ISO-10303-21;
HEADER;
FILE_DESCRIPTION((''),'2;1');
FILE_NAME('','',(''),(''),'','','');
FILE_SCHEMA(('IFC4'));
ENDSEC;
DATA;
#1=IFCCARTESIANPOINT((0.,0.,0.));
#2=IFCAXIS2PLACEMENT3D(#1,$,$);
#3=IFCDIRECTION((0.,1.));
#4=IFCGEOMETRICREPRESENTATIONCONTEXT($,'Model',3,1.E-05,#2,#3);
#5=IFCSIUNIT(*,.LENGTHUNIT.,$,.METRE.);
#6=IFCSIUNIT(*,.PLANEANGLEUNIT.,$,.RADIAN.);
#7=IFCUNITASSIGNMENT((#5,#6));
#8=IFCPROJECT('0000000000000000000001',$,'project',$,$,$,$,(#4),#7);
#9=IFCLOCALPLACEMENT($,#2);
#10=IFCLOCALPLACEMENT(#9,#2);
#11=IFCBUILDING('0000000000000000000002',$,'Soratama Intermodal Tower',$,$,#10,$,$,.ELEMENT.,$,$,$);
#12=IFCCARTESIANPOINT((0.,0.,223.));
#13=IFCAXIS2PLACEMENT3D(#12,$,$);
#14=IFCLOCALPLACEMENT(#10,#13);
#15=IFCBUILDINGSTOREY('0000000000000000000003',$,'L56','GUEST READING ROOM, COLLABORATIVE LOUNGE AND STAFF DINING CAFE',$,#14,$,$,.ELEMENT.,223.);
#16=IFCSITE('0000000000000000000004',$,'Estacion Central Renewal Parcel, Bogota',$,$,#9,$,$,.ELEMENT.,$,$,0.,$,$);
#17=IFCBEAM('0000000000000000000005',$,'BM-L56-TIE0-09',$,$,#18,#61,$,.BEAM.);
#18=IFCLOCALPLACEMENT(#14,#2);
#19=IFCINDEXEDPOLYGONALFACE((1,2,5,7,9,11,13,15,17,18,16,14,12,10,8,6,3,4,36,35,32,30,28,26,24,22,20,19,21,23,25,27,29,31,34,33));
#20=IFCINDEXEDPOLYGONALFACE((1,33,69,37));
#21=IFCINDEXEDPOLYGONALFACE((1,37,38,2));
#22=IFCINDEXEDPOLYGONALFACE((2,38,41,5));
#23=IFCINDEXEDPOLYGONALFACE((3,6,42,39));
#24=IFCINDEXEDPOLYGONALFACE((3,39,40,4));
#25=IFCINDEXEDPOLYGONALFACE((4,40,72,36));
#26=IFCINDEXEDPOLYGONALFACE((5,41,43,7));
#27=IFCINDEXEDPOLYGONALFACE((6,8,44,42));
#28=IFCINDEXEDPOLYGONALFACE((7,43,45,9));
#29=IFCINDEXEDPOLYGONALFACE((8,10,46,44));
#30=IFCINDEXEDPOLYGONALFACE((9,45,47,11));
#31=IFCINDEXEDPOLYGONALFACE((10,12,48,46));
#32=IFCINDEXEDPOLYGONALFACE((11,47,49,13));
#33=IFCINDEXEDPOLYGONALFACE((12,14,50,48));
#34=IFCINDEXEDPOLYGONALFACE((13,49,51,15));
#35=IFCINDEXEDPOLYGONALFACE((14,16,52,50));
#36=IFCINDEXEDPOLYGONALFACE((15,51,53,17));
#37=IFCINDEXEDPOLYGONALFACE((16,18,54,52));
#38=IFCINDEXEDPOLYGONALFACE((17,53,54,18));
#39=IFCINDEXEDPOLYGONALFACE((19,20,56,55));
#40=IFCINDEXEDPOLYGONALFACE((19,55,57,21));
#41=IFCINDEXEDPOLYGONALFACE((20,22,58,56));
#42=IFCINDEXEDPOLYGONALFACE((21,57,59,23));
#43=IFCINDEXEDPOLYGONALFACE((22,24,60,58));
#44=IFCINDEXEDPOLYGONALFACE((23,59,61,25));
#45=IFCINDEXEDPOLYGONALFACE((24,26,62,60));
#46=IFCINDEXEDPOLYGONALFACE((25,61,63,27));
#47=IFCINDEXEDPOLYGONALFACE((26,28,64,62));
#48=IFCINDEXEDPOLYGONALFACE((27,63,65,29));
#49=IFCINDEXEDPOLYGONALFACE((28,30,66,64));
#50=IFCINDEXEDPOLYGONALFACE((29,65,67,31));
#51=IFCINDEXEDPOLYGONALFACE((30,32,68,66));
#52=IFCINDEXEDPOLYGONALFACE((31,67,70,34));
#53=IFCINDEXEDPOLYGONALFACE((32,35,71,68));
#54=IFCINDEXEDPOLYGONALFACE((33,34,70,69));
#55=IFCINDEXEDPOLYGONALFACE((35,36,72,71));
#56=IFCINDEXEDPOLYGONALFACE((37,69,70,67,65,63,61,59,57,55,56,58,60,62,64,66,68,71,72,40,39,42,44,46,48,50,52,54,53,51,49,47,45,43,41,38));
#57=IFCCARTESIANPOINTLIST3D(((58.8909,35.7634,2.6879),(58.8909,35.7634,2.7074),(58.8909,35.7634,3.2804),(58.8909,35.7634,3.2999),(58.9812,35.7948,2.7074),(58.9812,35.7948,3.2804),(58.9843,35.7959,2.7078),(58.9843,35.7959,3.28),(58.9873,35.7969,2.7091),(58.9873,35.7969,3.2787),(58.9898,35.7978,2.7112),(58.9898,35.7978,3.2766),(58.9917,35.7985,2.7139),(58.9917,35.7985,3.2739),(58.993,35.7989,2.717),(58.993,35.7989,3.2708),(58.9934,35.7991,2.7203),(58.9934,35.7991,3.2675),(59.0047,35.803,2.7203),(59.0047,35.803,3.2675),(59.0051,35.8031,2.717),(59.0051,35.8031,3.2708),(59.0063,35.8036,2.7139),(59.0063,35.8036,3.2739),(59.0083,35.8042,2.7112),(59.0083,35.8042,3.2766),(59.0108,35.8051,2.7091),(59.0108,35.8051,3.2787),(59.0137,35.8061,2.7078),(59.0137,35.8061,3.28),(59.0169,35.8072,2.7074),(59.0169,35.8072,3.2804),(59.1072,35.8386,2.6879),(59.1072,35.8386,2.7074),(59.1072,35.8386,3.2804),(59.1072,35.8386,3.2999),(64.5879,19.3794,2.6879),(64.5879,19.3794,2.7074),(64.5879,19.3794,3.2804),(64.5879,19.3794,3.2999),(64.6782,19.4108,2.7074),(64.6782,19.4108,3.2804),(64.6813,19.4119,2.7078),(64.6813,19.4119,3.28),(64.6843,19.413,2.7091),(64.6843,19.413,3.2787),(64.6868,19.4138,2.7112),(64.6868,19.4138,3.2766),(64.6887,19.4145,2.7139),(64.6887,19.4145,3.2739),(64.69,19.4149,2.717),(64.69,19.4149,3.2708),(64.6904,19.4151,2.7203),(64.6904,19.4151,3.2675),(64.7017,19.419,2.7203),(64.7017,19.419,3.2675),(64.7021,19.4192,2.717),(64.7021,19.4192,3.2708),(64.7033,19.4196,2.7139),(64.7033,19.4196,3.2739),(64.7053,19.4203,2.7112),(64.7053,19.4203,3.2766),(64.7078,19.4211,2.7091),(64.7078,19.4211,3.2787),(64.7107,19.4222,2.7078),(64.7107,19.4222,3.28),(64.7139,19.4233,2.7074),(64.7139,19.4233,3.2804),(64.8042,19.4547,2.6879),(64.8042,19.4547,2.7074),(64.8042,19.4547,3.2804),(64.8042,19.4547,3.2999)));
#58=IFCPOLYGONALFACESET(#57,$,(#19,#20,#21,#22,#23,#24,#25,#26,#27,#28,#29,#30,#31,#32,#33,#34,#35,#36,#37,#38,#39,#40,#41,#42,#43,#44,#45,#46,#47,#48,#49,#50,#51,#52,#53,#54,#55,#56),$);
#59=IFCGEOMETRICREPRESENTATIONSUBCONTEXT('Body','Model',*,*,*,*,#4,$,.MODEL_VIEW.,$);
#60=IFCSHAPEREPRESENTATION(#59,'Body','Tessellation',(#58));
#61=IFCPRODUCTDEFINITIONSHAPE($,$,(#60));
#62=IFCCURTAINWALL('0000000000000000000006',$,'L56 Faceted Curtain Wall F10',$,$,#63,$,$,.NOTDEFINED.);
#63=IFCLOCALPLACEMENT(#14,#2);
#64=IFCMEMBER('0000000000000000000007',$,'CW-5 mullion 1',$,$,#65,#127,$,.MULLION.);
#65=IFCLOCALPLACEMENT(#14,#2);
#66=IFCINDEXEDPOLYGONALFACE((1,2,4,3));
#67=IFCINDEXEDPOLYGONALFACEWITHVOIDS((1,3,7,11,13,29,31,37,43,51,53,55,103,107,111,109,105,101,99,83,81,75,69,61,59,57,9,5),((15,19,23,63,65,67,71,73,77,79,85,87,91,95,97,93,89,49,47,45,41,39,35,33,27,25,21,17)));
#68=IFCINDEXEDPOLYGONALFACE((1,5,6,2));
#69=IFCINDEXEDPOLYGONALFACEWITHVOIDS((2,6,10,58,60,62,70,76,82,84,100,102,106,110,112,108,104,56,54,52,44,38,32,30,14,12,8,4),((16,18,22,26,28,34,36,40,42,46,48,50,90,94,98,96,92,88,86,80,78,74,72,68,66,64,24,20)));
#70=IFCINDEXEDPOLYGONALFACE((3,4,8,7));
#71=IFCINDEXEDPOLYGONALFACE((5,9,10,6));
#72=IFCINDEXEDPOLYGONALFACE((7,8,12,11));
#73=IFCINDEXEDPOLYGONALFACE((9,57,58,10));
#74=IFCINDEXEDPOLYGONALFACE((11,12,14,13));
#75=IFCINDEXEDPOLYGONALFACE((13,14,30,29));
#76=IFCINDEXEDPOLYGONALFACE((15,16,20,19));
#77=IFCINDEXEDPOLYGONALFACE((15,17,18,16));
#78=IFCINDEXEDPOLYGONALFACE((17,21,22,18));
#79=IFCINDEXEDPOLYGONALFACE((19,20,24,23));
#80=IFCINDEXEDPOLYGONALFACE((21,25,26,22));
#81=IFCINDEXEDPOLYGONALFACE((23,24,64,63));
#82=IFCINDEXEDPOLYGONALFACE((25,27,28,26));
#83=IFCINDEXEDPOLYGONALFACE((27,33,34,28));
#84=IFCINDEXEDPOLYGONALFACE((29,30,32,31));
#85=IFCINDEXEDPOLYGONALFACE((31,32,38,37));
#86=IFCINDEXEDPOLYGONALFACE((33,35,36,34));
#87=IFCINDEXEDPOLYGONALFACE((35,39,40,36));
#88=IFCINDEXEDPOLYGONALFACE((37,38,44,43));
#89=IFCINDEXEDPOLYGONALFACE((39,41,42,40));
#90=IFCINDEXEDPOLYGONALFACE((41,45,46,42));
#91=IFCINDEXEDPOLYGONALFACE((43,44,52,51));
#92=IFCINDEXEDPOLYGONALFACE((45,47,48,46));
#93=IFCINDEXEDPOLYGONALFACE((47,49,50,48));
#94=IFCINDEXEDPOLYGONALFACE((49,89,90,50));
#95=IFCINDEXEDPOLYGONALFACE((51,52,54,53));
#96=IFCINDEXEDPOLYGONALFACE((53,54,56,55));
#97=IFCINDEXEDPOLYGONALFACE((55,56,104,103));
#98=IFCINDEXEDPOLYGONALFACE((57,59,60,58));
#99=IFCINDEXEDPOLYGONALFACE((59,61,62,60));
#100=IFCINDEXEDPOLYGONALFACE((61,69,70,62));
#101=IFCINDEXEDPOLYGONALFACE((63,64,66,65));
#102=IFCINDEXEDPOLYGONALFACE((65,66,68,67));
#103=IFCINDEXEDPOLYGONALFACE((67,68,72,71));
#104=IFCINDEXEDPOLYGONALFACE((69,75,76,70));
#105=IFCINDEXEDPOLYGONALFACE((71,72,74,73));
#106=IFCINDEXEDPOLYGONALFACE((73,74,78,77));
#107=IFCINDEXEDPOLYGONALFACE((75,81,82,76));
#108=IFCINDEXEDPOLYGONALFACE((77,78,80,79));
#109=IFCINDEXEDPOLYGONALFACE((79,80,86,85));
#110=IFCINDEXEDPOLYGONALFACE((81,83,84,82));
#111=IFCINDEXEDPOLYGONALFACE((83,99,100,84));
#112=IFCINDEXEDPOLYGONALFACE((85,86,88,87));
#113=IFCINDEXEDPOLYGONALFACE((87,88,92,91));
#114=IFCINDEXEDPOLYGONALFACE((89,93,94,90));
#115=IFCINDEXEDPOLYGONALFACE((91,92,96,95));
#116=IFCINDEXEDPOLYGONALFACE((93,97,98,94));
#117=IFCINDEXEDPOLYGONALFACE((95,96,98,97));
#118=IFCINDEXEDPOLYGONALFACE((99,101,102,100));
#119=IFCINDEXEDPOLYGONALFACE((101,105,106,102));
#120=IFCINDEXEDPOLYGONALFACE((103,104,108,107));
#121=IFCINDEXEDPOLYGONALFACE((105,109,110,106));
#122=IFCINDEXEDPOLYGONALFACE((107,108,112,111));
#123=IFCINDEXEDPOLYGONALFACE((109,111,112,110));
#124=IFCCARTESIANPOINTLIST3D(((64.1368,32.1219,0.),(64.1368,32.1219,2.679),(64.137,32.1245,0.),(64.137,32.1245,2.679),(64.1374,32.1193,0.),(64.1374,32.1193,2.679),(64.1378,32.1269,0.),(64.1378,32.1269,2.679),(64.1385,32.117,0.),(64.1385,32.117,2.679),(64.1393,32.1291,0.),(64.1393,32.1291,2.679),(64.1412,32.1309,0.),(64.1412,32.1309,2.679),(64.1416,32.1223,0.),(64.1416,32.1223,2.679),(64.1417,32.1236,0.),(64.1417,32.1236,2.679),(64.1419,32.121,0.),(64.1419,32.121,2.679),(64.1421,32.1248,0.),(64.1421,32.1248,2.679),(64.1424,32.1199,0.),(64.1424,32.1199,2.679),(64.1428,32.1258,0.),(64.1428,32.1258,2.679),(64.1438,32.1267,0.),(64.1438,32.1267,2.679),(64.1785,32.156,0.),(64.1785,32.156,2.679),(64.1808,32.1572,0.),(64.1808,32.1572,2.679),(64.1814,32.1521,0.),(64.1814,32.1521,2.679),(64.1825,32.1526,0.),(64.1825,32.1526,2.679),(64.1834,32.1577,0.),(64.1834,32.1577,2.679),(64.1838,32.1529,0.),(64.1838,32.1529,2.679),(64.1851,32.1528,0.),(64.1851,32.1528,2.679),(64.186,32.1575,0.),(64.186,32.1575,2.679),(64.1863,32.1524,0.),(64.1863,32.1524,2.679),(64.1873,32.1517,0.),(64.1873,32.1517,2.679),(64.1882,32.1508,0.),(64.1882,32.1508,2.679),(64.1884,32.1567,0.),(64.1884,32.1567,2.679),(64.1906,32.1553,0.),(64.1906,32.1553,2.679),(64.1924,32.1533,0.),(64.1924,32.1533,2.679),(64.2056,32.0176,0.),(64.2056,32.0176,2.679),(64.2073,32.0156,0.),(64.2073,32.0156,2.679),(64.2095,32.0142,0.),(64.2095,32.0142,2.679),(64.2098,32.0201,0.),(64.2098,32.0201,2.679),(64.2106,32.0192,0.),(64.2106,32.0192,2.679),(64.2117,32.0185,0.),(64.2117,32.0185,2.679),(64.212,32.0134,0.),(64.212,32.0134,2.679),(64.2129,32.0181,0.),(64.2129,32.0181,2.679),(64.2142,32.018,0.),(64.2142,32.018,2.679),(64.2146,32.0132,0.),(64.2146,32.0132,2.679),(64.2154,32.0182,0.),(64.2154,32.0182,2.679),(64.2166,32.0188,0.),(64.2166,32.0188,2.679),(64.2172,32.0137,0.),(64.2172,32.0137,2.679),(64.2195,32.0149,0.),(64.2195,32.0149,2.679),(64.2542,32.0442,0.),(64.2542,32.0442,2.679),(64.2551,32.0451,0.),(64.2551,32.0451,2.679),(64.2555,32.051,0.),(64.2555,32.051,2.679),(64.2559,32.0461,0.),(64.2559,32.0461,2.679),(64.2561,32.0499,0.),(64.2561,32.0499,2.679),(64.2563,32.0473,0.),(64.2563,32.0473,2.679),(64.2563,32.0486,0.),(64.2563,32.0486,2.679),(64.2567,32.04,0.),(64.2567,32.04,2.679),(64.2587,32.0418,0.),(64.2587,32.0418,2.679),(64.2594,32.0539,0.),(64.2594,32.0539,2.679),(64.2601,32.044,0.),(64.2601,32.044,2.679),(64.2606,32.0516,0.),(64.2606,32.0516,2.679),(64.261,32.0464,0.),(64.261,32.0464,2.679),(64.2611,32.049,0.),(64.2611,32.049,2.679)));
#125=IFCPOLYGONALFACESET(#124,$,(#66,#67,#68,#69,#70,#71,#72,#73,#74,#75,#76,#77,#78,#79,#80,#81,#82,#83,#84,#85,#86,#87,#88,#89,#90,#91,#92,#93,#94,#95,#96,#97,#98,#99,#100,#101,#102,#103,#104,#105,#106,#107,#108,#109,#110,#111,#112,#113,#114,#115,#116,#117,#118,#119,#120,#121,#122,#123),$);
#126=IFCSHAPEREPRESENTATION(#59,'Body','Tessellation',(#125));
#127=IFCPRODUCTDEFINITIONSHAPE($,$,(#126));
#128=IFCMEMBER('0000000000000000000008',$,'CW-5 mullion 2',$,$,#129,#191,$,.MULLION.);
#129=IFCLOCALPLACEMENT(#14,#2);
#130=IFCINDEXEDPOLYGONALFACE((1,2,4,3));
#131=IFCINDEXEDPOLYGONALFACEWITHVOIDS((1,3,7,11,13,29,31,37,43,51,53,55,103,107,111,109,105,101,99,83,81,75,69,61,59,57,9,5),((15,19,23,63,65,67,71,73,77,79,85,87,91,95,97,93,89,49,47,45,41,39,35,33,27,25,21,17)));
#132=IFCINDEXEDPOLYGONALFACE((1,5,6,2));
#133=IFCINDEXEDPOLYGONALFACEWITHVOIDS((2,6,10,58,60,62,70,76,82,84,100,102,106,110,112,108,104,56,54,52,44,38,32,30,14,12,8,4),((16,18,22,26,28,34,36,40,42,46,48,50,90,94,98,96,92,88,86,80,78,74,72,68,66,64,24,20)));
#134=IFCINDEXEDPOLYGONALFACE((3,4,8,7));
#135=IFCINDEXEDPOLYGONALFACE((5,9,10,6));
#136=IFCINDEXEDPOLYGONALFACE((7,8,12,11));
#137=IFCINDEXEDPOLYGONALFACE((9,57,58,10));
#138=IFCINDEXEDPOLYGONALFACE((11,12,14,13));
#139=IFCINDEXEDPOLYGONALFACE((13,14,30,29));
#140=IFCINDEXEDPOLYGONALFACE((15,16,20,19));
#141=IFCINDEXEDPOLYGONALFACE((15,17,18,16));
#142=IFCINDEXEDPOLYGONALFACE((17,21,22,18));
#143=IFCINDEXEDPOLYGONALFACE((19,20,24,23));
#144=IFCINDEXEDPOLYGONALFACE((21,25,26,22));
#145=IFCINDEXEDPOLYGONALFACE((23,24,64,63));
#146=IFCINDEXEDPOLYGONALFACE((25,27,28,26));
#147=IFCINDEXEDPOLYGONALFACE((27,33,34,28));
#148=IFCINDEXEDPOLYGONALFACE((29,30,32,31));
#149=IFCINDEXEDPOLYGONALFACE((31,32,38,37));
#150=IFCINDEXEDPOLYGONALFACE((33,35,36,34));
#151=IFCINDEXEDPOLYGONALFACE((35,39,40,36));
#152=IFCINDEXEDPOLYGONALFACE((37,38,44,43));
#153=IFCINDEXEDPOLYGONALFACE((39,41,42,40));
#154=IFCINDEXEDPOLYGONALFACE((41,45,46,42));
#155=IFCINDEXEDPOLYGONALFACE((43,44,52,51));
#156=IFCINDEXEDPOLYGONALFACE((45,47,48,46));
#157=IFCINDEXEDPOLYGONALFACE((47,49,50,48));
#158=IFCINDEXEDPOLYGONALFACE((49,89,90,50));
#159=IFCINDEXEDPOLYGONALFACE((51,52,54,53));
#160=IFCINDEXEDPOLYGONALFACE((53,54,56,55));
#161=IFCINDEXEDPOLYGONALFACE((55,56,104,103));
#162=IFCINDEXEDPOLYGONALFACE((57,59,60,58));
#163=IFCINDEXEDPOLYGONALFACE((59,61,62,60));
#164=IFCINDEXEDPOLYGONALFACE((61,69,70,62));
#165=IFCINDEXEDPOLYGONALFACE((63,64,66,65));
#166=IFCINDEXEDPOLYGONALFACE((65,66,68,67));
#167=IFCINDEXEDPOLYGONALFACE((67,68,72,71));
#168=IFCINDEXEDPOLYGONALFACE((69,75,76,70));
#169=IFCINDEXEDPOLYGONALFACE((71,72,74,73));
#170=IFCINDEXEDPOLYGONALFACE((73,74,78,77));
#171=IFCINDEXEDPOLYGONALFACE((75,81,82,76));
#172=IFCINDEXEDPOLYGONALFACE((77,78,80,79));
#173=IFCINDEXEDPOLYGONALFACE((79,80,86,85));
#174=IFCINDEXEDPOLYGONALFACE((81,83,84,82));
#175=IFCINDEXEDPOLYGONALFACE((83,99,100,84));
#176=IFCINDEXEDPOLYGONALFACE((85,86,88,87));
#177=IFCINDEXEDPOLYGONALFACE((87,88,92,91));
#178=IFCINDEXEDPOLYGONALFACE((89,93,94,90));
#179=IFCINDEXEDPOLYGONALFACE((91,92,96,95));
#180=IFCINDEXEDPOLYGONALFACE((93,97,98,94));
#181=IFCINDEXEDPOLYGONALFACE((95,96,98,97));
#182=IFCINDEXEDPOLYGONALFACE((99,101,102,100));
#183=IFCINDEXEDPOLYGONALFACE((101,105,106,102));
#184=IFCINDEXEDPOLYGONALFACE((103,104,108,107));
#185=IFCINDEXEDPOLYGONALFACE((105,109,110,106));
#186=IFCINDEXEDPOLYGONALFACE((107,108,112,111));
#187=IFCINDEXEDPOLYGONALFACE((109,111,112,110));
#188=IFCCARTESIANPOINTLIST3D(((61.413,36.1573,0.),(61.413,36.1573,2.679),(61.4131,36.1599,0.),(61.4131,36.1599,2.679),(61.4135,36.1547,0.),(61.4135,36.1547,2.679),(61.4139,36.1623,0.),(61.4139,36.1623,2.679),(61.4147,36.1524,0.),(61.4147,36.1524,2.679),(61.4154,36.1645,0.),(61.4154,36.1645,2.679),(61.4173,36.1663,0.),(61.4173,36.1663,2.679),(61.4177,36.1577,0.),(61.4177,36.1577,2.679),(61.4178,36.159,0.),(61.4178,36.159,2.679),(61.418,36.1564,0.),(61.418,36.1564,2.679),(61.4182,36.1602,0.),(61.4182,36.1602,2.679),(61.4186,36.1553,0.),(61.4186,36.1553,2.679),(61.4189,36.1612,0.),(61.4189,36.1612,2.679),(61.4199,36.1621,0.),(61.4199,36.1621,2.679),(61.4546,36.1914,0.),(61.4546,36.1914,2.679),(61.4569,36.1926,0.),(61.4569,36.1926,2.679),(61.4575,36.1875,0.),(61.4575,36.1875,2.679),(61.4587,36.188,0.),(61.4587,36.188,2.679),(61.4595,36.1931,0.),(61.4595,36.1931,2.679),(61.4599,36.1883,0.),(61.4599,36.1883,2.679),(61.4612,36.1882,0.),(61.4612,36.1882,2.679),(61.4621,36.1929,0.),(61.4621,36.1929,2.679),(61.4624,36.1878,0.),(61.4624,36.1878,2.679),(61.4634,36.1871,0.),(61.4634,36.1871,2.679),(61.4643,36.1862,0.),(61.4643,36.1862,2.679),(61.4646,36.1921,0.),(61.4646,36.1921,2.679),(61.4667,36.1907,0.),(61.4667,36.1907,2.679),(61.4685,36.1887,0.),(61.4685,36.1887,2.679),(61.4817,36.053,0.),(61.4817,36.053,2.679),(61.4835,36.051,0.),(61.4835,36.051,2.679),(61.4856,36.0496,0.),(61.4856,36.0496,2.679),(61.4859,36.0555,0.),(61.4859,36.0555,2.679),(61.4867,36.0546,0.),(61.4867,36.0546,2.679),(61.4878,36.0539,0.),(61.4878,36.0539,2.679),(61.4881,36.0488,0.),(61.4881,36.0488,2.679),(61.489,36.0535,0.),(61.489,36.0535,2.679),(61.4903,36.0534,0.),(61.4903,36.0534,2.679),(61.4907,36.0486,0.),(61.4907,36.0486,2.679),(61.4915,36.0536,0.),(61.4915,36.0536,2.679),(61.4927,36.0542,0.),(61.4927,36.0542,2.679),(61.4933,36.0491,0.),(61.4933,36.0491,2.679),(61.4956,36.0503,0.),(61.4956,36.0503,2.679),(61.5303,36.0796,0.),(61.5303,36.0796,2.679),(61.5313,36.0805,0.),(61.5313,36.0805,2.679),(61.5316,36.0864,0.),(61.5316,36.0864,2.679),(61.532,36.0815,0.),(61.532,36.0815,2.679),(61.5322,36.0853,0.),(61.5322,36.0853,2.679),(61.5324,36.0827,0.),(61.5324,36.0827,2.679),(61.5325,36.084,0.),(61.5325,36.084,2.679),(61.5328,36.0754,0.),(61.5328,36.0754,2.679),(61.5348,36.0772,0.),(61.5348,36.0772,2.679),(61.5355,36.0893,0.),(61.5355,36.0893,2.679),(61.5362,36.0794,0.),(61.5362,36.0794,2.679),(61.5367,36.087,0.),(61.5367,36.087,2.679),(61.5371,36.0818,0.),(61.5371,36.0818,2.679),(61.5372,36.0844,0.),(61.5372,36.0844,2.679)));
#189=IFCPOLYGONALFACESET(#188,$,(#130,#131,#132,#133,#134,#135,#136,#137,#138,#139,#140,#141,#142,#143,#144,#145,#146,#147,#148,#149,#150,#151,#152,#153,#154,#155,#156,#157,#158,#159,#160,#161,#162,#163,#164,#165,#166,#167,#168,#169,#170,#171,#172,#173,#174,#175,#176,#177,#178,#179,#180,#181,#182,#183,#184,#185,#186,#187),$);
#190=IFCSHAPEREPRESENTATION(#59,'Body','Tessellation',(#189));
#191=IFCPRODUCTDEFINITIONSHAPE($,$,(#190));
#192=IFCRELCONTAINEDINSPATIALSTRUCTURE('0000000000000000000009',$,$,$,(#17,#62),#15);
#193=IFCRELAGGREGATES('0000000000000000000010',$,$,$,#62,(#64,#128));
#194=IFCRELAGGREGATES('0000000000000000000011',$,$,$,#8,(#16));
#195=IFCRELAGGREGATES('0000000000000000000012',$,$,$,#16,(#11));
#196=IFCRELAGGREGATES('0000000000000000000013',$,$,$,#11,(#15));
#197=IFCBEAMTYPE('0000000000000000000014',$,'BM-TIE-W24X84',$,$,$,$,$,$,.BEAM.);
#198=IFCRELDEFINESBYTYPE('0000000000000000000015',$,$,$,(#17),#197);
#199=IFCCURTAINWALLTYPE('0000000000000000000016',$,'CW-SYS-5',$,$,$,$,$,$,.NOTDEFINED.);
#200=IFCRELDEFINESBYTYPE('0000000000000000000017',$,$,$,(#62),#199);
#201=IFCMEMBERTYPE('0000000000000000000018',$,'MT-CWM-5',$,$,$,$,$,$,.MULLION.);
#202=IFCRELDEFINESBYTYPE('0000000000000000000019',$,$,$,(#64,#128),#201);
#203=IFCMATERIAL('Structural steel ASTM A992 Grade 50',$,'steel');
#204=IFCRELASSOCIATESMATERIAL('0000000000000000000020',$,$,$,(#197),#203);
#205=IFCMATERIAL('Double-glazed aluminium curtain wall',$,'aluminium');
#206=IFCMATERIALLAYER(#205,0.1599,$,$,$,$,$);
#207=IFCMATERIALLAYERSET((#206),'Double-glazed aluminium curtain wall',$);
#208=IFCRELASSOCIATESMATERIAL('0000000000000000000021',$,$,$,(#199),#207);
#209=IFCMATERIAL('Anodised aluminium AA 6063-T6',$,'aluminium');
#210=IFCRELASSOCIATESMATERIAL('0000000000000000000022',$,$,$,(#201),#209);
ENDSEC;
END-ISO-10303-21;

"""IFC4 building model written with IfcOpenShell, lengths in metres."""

from ifc_helpers import new_model, si_unit, direction, frame, origin, origin_2d, place, context, subcontext, project, spatial, hollow_rectangle, i_section, extrude, material, layer, layer_set, material_profile, profile_set, type_object, element, aggregate, save


model = new_model("IFC4")

# Units and contexts
model_context = context("Model", 3, precision=1e-05, world=origin(), true_north=direction((0.0, 1.0)))
body_context = subcontext(model_context, "Body", "Model", "MODEL_VIEW")
ifc_project = project(units=[si_unit("LENGTHUNIT", "METRE"), si_unit("PLANEANGLEUNIT", "RADIAN")], contexts=[model_context])

# Site, building, storey
site_placement = place(None, origin())
site = spatial("IfcSite", under=ifc_project, at=site_placement, Name="Estacion Central Renewal Parcel, Bogota", CompositionType="ELEMENT", RefElevation=0.0)
building_placement = place(site_placement, origin())
building = spatial("IfcBuilding", under=site, at=building_placement, Name="Soratama Intermodal Tower", CompositionType="ELEMENT")
storey_placement = place(building_placement, frame((0.0, 0.0, 223.0)))
storey = spatial("IfcBuildingStorey", under=building, at=storey_placement, Name="L56", Description="GUEST READING ROOM, COLLABORATIVE LOUNGE AND STAFF DINING CAFE", CompositionType="ELEMENT", Elevation=223.0)

# Beam
ifc_material_1 = material(Name="Structural steel ASTM A992 Grade 50", Category="steel")
ifc_material_profile_1 = material_profile(ifc_material_1, i_section(OverallWidth=0.229, OverallDepth=0.6121, WebThickness=0.012, FlangeThickness=0.0195, FilletRadius=0.0129, at=origin_2d()), Name="W24X84")
ifc_profile_set_1 = profile_set([ifc_material_profile_1], Name="Structural steel ASTM A992 Grade 50")
beam_type_1 = type_object("IfcBeamType", Name="BM-TIE-W24X84", PredefinedType="BEAM", material=ifc_profile_set_1)
beam_1_placement = place(storey_placement, frame((58.999, 35.801, 2.9939), z_axis=(0.328429, -0.944529, 0.0), x_axis=(0.944529, 0.328429, 0.0)))
element("IfcBeam", 1, at=beam_1_placement, inside=storey, type_object=beam_type_1, Name="BM-L56-TIE0-09", PredefinedType="BEAM", context=body_context, shape_type="SweptSolid", body=[
    extrude(i_section(OverallWidth=0.229, OverallDepth=0.6121, WebThickness=0.012, FlangeThickness=0.0195, FilletRadius=0.0129, at=origin_2d()), origin(), (0.0, 0.0, 1.0), 17.3462),
])

# Curtain wall, members
ifc_material_2 = material(Name="Double-glazed aluminium curtain wall", Category="aluminium")
ifc_layer_1 = layer(ifc_material_2, 0.1599)
ifc_layer_set_1 = layer_set([ifc_layer_1], Name="Double-glazed aluminium curtain wall")
curtain_wall_type = type_object("IfcCurtainWallType", Name="CW-SYS-5", PredefinedType="NOTDEFINED", material=ifc_layer_set_1)
curtain_wall_placement = place(storey_placement, origin())
curtain_wall = element("IfcCurtainWall", 2, at=curtain_wall_placement, inside=storey, type_object=curtain_wall_type, Name="L56 Faceted Curtain Wall F10", PredefinedType="NOTDEFINED")
ifc_material_3 = material(Name="Anodised aluminium AA 6063-T6", Category="aluminium")
ifc_material_profile_2 = material_profile(ifc_material_3, hollow_rectangle(XDim=0.0649, YDim=0.1399, WallThickness=0.0049, InnerFilletRadius=0.0049, OuterFilletRadius=0.01, at=origin_2d()), Name="CWM140X65X5")
ifc_profile_set_2 = profile_set([ifc_material_profile_2], Name="Anodised aluminium AA 6063-T6")
member_type_1 = type_object("IfcMemberType", Name="MT-CWM-5", PredefinedType="MULLION", material=ifc_profile_set_2)
member_1_placement = place(storey_placement, frame((64.199, 32.0854, 0.0), z_axis=(0.0, 0.0, 1.0), x_axis=(-0.828843, -0.559482, 0.0)))
member_1 = element("IfcMember", 3, at=member_1_placement, type_object=member_type_1, Name="CW-5 mullion 1", PredefinedType="MULLION", context=body_context, shape_type="SweptSolid", body=[
    extrude(hollow_rectangle(XDim=0.0649, YDim=0.1399, WallThickness=0.0049, InnerFilletRadius=0.0049, OuterFilletRadius=0.01, at=origin_2d()), origin(), (0.0, 0.0, 1.0), 2.679),
])
member_2_placement = place(storey_placement, frame((61.4751, 36.1208, 0.0), z_axis=(0.0, 0.0, 1.0), x_axis=(-0.828843, -0.559482, 0.0)))
member_2 = element("IfcMember", 4, at=member_2_placement, type_object=member_type_1, Name="CW-5 mullion 2", PredefinedType="MULLION", context=body_context, shape_type="SweptSolid", body=[
    extrude(hollow_rectangle(XDim=0.0649, YDim=0.1399, WallThickness=0.0049, InnerFilletRadius=0.0049, OuterFilletRadius=0.01, at=origin_2d()), origin(), (0.0, 0.0, 1.0), 2.679),
])
aggregate(curtain_wall, [member_1, member_2])

save(model, "model.ifc")
